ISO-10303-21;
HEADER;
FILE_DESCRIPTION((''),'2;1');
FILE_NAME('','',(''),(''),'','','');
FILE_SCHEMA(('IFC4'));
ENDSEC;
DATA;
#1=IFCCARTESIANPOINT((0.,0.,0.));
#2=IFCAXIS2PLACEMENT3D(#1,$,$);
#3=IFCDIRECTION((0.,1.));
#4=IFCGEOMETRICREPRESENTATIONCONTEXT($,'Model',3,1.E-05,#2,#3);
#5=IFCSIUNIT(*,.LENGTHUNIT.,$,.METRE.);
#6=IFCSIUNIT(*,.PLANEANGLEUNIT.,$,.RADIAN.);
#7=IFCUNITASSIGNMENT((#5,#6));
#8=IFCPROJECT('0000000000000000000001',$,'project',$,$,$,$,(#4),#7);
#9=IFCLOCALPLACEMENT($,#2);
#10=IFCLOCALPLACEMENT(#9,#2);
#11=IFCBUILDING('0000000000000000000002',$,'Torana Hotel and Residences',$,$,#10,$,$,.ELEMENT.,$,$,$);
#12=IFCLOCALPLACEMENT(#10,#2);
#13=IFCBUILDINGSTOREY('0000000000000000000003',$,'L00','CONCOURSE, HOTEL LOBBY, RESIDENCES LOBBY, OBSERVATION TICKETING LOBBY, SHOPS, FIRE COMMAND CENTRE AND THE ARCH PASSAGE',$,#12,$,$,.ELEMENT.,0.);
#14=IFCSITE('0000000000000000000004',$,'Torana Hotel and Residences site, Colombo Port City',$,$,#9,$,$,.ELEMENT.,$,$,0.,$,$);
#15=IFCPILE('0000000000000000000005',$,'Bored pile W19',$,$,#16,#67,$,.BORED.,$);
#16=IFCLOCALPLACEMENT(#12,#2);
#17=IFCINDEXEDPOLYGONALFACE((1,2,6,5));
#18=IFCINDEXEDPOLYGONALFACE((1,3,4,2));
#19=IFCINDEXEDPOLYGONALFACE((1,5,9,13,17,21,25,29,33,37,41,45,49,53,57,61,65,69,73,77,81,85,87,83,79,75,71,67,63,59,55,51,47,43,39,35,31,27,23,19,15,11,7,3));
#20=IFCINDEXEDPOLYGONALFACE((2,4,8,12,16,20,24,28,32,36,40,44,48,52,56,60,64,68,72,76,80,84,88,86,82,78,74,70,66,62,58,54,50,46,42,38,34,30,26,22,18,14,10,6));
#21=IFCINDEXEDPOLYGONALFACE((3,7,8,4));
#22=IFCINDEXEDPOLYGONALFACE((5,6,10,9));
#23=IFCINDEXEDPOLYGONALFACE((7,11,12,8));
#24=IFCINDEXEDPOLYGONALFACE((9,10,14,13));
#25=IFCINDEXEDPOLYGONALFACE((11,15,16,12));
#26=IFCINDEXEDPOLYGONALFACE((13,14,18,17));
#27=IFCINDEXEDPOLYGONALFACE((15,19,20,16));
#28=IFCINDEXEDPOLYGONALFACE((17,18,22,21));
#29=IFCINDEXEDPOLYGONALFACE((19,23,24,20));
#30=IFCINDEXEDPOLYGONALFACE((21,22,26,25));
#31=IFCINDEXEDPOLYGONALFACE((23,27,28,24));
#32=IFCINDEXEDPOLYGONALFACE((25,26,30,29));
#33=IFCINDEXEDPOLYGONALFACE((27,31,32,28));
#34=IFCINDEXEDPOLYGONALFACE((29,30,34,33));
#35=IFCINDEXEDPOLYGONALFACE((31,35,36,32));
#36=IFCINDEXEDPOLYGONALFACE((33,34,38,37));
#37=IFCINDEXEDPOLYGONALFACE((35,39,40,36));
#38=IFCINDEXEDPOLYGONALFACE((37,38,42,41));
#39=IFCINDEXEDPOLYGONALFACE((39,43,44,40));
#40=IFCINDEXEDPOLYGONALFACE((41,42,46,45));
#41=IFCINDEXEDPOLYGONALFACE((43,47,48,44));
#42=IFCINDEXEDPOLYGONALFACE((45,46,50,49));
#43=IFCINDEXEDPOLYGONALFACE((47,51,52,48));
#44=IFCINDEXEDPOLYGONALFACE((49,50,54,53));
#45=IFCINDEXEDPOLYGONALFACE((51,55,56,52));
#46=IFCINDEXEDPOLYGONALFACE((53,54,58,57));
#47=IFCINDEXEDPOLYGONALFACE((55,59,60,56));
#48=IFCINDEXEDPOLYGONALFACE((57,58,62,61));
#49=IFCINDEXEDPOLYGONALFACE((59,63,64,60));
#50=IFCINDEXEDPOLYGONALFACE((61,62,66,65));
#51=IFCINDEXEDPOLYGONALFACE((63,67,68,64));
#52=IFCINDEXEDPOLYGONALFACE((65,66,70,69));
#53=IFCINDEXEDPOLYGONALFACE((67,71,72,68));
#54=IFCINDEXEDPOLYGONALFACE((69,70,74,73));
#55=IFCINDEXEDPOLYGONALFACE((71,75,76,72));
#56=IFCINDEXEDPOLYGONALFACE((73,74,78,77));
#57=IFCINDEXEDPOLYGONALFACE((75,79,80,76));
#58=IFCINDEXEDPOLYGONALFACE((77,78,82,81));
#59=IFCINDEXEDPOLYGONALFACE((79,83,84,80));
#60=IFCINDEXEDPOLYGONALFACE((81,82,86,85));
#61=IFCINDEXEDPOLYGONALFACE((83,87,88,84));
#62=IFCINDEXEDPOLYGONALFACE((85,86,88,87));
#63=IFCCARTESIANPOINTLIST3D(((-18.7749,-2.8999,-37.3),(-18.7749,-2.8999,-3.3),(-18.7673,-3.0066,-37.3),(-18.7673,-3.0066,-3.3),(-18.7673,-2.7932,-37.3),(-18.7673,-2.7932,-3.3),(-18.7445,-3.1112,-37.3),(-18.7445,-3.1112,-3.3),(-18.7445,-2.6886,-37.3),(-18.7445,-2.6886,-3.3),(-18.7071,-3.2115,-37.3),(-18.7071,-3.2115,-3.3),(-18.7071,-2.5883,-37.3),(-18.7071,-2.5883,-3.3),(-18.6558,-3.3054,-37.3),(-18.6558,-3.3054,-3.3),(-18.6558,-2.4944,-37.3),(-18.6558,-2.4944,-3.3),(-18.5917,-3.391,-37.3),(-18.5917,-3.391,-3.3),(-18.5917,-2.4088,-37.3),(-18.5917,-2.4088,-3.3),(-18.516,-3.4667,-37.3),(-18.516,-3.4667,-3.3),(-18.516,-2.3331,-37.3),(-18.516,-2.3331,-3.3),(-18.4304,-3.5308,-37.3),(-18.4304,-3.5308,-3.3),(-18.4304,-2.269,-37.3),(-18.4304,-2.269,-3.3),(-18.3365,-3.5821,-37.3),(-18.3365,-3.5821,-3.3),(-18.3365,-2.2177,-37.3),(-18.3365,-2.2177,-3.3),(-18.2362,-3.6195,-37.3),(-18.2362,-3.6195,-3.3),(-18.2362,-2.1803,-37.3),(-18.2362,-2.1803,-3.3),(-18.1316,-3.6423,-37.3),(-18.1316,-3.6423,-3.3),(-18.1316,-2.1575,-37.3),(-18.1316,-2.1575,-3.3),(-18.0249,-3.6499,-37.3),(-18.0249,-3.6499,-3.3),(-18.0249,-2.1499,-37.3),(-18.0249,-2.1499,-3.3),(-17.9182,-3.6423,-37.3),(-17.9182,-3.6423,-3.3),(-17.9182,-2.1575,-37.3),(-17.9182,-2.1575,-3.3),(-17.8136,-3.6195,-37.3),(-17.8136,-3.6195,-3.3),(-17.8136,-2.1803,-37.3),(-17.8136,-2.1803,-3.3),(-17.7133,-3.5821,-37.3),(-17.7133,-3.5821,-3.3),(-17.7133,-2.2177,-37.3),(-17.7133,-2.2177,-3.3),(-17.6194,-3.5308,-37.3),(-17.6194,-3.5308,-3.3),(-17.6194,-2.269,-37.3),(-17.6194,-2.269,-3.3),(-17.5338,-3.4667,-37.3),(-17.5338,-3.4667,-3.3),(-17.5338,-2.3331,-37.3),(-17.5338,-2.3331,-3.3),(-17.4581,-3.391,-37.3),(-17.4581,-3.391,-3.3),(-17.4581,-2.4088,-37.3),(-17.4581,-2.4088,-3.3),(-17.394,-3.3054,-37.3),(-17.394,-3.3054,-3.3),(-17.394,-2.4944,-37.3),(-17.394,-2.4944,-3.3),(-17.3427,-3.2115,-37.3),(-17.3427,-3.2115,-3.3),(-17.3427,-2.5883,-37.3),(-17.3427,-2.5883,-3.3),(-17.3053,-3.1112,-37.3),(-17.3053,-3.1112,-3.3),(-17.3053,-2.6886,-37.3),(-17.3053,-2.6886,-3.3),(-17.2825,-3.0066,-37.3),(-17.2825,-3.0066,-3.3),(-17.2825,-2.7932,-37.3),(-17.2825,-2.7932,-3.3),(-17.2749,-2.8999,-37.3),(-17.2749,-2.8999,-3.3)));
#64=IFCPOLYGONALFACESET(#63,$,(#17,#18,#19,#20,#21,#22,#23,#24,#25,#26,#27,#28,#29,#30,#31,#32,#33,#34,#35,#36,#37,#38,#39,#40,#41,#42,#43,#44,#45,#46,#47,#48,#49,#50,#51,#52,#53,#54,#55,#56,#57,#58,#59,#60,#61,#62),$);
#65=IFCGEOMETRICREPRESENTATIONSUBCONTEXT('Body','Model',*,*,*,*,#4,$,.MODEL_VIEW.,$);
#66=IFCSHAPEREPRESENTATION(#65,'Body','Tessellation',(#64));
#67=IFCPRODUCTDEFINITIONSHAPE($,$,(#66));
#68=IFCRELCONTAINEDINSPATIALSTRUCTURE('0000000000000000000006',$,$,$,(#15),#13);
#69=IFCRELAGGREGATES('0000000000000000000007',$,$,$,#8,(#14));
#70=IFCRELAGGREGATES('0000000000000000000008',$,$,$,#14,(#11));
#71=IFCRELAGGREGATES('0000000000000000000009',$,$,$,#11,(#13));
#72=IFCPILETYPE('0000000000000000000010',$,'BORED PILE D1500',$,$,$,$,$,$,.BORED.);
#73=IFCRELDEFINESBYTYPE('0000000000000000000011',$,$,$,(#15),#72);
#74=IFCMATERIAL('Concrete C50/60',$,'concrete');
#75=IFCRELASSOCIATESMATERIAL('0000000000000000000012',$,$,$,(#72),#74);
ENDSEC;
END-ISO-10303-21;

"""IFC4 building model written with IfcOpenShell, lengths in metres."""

from ifc_helpers import new_model, si_unit, direction, frame, origin, origin_2d, place, context, subcontext, project, spatial, circle, extrude, material, type_object, element, save


model = new_model("IFC4")

# Units and contexts
model_context = context("Model", 3, precision=1e-05, world=origin(), true_north=direction((0.0, 1.0)))
body_context = subcontext(model_context, "Body", "Model", "MODEL_VIEW")
ifc_project = project(units=[si_unit("LENGTHUNIT", "METRE"), si_unit("PLANEANGLEUNIT", "RADIAN")], contexts=[model_context])

# Site, building, storey
site_placement = place(None, origin())
site = spatial("IfcSite", under=ifc_project, at=site_placement, Name="Torana Hotel and Residences site, Colombo Port City", CompositionType="ELEMENT", RefElevation=0.0)
building_placement = place(site_placement, origin())
building = spatial("IfcBuilding", under=site, at=building_placement, Name="Torana Hotel and Residences", CompositionType="ELEMENT")
storey_placement = place(building_placement, origin())
storey = spatial("IfcBuildingStorey", under=building, at=storey_placement, Name="L00", Description="CONCOURSE, HOTEL LOBBY, RESIDENCES LOBBY, OBSERVATION TICKETING LOBBY, SHOPS, FIRE COMMAND CENTRE AND THE ARCH PASSAGE", CompositionType="ELEMENT", Elevation=0.0)

# Pile
ifc_material_1 = material(Name="Concrete C50/60", Category="concrete")
pile_type = type_object("IfcPileType", Name="BORED PILE D1500", PredefinedType="BORED", material=ifc_material_1)
for number, where, z_axis, x_axis, name in (
    (1, (-18.0249, -2.8999, -3.3), (0.0, 0.0, -1.0), (1.0, 0.0, 0.0), "Bored pile W19"),
):
    element("IfcPile", number, at=place(storey_placement, frame(where, z_axis=z_axis, x_axis=x_axis)), inside=storey, type_object=pile_type, Name=name, PredefinedType="BORED", context=body_context, shape_type="SweptSolid", body=[
        extrude(circle(Radius=0.75, at=origin_2d()), origin(), (0.0, 0.0, 1.0), 34.0),
    ])

save(model, "model.ifc")
